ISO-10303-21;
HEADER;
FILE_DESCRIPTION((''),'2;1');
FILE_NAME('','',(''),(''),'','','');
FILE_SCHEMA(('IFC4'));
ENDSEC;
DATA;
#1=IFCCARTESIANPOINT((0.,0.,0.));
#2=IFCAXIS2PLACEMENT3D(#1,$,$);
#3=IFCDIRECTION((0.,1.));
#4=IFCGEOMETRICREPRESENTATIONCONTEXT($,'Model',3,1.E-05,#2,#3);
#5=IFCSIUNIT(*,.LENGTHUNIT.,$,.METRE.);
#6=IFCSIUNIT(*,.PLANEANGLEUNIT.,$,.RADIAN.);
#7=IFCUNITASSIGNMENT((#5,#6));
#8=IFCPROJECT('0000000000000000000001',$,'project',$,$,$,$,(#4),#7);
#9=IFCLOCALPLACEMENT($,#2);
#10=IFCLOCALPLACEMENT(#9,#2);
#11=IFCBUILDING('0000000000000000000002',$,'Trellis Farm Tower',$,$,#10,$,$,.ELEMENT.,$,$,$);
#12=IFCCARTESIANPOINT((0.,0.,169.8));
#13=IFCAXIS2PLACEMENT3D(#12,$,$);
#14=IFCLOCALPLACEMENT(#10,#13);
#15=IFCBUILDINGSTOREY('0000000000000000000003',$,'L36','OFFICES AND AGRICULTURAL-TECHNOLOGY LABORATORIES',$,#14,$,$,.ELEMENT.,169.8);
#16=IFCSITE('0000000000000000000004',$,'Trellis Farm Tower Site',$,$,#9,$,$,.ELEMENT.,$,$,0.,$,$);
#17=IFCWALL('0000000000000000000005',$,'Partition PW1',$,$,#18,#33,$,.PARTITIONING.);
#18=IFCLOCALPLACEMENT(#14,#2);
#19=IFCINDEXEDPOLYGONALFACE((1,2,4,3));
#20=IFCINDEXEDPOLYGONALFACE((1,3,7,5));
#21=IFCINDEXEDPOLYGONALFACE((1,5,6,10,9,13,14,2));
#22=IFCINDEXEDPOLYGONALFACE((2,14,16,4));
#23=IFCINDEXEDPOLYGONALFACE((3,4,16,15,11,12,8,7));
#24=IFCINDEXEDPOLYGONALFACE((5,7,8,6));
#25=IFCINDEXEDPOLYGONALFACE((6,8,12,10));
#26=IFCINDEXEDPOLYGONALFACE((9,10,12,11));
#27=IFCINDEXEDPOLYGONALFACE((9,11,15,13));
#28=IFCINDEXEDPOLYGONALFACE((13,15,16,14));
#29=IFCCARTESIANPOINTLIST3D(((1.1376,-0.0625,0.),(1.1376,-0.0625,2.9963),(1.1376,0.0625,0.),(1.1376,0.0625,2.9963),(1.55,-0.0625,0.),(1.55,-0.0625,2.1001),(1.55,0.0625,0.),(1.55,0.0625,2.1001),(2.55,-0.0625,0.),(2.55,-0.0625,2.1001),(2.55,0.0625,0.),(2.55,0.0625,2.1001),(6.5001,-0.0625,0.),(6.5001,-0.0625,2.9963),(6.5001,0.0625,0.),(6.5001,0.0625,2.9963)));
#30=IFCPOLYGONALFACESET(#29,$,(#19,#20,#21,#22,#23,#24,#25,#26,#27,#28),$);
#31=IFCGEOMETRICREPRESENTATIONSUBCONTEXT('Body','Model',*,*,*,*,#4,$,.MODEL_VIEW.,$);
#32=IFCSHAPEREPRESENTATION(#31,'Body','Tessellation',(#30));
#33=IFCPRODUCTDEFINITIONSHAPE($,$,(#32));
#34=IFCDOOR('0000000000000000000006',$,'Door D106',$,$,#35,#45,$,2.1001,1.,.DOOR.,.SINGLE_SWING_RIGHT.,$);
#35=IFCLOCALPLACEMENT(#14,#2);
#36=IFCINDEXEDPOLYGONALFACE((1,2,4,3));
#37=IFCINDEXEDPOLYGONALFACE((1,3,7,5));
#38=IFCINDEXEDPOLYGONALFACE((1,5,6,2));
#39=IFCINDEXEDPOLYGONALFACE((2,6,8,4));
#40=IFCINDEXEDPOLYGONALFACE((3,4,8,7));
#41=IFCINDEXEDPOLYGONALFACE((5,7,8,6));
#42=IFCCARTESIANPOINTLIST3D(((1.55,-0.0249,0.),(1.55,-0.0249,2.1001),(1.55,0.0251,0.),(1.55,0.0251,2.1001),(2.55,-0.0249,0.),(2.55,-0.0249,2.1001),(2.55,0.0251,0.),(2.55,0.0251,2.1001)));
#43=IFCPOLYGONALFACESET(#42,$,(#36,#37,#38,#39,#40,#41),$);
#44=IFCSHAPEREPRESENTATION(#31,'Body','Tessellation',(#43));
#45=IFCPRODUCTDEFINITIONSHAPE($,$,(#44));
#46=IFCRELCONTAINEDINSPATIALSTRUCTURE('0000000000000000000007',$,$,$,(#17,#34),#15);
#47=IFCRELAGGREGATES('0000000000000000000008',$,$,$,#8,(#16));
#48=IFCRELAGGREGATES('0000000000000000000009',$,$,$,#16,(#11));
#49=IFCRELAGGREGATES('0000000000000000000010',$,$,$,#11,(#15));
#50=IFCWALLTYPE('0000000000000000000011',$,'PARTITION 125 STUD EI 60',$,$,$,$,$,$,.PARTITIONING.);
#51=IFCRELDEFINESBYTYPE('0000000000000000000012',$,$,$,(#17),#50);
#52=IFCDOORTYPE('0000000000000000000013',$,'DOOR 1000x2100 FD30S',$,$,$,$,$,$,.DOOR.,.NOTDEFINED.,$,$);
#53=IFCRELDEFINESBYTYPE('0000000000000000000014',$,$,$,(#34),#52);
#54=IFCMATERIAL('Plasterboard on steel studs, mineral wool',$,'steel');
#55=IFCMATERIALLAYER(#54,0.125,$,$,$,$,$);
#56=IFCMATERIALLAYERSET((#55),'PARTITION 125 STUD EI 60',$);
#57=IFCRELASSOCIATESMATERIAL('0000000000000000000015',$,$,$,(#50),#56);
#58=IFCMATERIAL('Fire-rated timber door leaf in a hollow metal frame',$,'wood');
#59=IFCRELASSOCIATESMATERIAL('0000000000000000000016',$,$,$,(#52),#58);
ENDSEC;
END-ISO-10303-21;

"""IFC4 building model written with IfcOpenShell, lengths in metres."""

from ifc_helpers import new_model, si_unit, direction, frame, frame_2d, origin, place, context, subcontext, project, spatial, rectangle, extrude, source, transform, mapped, material, layer, layer_set, type_object, element, fill, save


model = new_model("IFC4")

# Units and contexts
model_context = context("Model", 3, precision=1e-05, world=origin(), true_north=direction((0.0, 1.0)))
body_context = subcontext(model_context, "Body", "Model", "MODEL_VIEW")
ifc_project = project(units=[si_unit("LENGTHUNIT", "METRE"), si_unit("PLANEANGLEUNIT", "RADIAN")], contexts=[model_context])

# Site, building, storey
site_placement = place(None, origin())
site = spatial("IfcSite", under=ifc_project, at=site_placement, Name="Trellis Farm Tower Site", CompositionType="ELEMENT", RefElevation=0.0)
building_placement = place(site_placement, origin())
building = spatial("IfcBuilding", under=site, at=building_placement, Name="Trellis Farm Tower", CompositionType="ELEMENT")
storey_placement = place(building_placement, frame((0.0, 0.0, 169.8)))
storey = spatial("IfcBuildingStorey", under=building, at=storey_placement, Name="L36", Description="OFFICES AND AGRICULTURAL-TECHNOLOGY LABORATORIES", CompositionType="ELEMENT", Elevation=169.8)

# Shared definitions
ifc_material_1 = material(Name="Plasterboard on steel studs, mineral wool", Category="steel")
ifc_layer_1 = layer(ifc_material_1, 0.125)
ifc_layer_set_1 = layer_set([ifc_layer_1], Name="PARTITION 125 STUD EI 60")
wall_type_1 = type_object("IfcWallType", Name="PARTITION 125 STUD EI 60", PredefinedType="PARTITIONING", material=ifc_layer_set_1)

# Wall, opening, door
shared_shape_1 = source(origin(), body_context, "Body", "SweptSolid", [
    extrude(rectangle(XDim=5.3625, YDim=0.125, at=frame_2d((2.6812, 0.0))), origin(), (0.0, 0.0, 1.0), 2.9963),
])
wall_1_placement = place(storey_placement, frame((6.5, 0.0, 0.0), z_axis=(0.0, 0.0, 1.0), x_axis=(-1.0, 0.0, 0.0)))
wall_1 = element("IfcWall", 1, at=wall_1_placement, inside=storey, type_object=wall_type_1, Name="Partition PW1", PredefinedType="PARTITIONING", context=body_context, shape_type="MappedRepresentation", body=[
    mapped(shared_shape_1, transform((0.0, 0.0, 0.0))),
])
shared_shape_2 = source(origin(), body_context, "Body", "SweptSolid", [
    extrude(rectangle(XDim=1.0, YDim=2.1001, at=frame_2d((0.5, 1.05))), frame((0.0, 0.0725, 0.0), z_axis=(0.0, -1.0, 0.0), x_axis=(1.0, 0.0, 0.0)), (0.0, 0.0, 1.0), 0.145),
])
opening_1_placement = place(wall_1_placement, frame((3.95, 0.0, 0.0)))
opening_1 = element("IfcOpeningElement", 2, at=opening_1_placement, cuts=wall_1, PredefinedType="OPENING", context=body_context, shape_type="MappedRepresentation", body=[
    mapped(shared_shape_2, transform((0.0, 0.0, 0.0))),
])
ifc_material_2 = material(Name="Fire-rated timber door leaf in a hollow metal frame", Category="wood")
door_type_1 = type_object("IfcDoorType", Name="DOOR 1000x2100 FD30S", OperationType="NOTDEFINED", PredefinedType="DOOR", material=ifc_material_2)
shared_shape_3 = source(origin(), body_context, "Body", "SweptSolid", [
    extrude(rectangle(XDim=1.0, YDim=2.1001, at=frame_2d((0.5, 1.05))), frame((0.0, 0.0249, 0.0), z_axis=(0.0, -1.0, 0.0), x_axis=(1.0, 0.0, 0.0)), (0.0, 0.0, 1.0), 0.05),
])
door_1_placement = place(opening_1_placement, origin())
door_1 = element("IfcDoor", 3, at=door_1_placement, inside=storey, type_object=door_type_1, Name="Door D106", OperationType="SINGLE_SWING_RIGHT", OverallHeight=2.1001, OverallWidth=1.0, PredefinedType="DOOR", context=body_context, shape_type="MappedRepresentation", body=[
    mapped(shared_shape_3, transform((0.0, 0.0, 0.0))),
])
fill(opening_1, door_1)

save(model, "model.ifc")
